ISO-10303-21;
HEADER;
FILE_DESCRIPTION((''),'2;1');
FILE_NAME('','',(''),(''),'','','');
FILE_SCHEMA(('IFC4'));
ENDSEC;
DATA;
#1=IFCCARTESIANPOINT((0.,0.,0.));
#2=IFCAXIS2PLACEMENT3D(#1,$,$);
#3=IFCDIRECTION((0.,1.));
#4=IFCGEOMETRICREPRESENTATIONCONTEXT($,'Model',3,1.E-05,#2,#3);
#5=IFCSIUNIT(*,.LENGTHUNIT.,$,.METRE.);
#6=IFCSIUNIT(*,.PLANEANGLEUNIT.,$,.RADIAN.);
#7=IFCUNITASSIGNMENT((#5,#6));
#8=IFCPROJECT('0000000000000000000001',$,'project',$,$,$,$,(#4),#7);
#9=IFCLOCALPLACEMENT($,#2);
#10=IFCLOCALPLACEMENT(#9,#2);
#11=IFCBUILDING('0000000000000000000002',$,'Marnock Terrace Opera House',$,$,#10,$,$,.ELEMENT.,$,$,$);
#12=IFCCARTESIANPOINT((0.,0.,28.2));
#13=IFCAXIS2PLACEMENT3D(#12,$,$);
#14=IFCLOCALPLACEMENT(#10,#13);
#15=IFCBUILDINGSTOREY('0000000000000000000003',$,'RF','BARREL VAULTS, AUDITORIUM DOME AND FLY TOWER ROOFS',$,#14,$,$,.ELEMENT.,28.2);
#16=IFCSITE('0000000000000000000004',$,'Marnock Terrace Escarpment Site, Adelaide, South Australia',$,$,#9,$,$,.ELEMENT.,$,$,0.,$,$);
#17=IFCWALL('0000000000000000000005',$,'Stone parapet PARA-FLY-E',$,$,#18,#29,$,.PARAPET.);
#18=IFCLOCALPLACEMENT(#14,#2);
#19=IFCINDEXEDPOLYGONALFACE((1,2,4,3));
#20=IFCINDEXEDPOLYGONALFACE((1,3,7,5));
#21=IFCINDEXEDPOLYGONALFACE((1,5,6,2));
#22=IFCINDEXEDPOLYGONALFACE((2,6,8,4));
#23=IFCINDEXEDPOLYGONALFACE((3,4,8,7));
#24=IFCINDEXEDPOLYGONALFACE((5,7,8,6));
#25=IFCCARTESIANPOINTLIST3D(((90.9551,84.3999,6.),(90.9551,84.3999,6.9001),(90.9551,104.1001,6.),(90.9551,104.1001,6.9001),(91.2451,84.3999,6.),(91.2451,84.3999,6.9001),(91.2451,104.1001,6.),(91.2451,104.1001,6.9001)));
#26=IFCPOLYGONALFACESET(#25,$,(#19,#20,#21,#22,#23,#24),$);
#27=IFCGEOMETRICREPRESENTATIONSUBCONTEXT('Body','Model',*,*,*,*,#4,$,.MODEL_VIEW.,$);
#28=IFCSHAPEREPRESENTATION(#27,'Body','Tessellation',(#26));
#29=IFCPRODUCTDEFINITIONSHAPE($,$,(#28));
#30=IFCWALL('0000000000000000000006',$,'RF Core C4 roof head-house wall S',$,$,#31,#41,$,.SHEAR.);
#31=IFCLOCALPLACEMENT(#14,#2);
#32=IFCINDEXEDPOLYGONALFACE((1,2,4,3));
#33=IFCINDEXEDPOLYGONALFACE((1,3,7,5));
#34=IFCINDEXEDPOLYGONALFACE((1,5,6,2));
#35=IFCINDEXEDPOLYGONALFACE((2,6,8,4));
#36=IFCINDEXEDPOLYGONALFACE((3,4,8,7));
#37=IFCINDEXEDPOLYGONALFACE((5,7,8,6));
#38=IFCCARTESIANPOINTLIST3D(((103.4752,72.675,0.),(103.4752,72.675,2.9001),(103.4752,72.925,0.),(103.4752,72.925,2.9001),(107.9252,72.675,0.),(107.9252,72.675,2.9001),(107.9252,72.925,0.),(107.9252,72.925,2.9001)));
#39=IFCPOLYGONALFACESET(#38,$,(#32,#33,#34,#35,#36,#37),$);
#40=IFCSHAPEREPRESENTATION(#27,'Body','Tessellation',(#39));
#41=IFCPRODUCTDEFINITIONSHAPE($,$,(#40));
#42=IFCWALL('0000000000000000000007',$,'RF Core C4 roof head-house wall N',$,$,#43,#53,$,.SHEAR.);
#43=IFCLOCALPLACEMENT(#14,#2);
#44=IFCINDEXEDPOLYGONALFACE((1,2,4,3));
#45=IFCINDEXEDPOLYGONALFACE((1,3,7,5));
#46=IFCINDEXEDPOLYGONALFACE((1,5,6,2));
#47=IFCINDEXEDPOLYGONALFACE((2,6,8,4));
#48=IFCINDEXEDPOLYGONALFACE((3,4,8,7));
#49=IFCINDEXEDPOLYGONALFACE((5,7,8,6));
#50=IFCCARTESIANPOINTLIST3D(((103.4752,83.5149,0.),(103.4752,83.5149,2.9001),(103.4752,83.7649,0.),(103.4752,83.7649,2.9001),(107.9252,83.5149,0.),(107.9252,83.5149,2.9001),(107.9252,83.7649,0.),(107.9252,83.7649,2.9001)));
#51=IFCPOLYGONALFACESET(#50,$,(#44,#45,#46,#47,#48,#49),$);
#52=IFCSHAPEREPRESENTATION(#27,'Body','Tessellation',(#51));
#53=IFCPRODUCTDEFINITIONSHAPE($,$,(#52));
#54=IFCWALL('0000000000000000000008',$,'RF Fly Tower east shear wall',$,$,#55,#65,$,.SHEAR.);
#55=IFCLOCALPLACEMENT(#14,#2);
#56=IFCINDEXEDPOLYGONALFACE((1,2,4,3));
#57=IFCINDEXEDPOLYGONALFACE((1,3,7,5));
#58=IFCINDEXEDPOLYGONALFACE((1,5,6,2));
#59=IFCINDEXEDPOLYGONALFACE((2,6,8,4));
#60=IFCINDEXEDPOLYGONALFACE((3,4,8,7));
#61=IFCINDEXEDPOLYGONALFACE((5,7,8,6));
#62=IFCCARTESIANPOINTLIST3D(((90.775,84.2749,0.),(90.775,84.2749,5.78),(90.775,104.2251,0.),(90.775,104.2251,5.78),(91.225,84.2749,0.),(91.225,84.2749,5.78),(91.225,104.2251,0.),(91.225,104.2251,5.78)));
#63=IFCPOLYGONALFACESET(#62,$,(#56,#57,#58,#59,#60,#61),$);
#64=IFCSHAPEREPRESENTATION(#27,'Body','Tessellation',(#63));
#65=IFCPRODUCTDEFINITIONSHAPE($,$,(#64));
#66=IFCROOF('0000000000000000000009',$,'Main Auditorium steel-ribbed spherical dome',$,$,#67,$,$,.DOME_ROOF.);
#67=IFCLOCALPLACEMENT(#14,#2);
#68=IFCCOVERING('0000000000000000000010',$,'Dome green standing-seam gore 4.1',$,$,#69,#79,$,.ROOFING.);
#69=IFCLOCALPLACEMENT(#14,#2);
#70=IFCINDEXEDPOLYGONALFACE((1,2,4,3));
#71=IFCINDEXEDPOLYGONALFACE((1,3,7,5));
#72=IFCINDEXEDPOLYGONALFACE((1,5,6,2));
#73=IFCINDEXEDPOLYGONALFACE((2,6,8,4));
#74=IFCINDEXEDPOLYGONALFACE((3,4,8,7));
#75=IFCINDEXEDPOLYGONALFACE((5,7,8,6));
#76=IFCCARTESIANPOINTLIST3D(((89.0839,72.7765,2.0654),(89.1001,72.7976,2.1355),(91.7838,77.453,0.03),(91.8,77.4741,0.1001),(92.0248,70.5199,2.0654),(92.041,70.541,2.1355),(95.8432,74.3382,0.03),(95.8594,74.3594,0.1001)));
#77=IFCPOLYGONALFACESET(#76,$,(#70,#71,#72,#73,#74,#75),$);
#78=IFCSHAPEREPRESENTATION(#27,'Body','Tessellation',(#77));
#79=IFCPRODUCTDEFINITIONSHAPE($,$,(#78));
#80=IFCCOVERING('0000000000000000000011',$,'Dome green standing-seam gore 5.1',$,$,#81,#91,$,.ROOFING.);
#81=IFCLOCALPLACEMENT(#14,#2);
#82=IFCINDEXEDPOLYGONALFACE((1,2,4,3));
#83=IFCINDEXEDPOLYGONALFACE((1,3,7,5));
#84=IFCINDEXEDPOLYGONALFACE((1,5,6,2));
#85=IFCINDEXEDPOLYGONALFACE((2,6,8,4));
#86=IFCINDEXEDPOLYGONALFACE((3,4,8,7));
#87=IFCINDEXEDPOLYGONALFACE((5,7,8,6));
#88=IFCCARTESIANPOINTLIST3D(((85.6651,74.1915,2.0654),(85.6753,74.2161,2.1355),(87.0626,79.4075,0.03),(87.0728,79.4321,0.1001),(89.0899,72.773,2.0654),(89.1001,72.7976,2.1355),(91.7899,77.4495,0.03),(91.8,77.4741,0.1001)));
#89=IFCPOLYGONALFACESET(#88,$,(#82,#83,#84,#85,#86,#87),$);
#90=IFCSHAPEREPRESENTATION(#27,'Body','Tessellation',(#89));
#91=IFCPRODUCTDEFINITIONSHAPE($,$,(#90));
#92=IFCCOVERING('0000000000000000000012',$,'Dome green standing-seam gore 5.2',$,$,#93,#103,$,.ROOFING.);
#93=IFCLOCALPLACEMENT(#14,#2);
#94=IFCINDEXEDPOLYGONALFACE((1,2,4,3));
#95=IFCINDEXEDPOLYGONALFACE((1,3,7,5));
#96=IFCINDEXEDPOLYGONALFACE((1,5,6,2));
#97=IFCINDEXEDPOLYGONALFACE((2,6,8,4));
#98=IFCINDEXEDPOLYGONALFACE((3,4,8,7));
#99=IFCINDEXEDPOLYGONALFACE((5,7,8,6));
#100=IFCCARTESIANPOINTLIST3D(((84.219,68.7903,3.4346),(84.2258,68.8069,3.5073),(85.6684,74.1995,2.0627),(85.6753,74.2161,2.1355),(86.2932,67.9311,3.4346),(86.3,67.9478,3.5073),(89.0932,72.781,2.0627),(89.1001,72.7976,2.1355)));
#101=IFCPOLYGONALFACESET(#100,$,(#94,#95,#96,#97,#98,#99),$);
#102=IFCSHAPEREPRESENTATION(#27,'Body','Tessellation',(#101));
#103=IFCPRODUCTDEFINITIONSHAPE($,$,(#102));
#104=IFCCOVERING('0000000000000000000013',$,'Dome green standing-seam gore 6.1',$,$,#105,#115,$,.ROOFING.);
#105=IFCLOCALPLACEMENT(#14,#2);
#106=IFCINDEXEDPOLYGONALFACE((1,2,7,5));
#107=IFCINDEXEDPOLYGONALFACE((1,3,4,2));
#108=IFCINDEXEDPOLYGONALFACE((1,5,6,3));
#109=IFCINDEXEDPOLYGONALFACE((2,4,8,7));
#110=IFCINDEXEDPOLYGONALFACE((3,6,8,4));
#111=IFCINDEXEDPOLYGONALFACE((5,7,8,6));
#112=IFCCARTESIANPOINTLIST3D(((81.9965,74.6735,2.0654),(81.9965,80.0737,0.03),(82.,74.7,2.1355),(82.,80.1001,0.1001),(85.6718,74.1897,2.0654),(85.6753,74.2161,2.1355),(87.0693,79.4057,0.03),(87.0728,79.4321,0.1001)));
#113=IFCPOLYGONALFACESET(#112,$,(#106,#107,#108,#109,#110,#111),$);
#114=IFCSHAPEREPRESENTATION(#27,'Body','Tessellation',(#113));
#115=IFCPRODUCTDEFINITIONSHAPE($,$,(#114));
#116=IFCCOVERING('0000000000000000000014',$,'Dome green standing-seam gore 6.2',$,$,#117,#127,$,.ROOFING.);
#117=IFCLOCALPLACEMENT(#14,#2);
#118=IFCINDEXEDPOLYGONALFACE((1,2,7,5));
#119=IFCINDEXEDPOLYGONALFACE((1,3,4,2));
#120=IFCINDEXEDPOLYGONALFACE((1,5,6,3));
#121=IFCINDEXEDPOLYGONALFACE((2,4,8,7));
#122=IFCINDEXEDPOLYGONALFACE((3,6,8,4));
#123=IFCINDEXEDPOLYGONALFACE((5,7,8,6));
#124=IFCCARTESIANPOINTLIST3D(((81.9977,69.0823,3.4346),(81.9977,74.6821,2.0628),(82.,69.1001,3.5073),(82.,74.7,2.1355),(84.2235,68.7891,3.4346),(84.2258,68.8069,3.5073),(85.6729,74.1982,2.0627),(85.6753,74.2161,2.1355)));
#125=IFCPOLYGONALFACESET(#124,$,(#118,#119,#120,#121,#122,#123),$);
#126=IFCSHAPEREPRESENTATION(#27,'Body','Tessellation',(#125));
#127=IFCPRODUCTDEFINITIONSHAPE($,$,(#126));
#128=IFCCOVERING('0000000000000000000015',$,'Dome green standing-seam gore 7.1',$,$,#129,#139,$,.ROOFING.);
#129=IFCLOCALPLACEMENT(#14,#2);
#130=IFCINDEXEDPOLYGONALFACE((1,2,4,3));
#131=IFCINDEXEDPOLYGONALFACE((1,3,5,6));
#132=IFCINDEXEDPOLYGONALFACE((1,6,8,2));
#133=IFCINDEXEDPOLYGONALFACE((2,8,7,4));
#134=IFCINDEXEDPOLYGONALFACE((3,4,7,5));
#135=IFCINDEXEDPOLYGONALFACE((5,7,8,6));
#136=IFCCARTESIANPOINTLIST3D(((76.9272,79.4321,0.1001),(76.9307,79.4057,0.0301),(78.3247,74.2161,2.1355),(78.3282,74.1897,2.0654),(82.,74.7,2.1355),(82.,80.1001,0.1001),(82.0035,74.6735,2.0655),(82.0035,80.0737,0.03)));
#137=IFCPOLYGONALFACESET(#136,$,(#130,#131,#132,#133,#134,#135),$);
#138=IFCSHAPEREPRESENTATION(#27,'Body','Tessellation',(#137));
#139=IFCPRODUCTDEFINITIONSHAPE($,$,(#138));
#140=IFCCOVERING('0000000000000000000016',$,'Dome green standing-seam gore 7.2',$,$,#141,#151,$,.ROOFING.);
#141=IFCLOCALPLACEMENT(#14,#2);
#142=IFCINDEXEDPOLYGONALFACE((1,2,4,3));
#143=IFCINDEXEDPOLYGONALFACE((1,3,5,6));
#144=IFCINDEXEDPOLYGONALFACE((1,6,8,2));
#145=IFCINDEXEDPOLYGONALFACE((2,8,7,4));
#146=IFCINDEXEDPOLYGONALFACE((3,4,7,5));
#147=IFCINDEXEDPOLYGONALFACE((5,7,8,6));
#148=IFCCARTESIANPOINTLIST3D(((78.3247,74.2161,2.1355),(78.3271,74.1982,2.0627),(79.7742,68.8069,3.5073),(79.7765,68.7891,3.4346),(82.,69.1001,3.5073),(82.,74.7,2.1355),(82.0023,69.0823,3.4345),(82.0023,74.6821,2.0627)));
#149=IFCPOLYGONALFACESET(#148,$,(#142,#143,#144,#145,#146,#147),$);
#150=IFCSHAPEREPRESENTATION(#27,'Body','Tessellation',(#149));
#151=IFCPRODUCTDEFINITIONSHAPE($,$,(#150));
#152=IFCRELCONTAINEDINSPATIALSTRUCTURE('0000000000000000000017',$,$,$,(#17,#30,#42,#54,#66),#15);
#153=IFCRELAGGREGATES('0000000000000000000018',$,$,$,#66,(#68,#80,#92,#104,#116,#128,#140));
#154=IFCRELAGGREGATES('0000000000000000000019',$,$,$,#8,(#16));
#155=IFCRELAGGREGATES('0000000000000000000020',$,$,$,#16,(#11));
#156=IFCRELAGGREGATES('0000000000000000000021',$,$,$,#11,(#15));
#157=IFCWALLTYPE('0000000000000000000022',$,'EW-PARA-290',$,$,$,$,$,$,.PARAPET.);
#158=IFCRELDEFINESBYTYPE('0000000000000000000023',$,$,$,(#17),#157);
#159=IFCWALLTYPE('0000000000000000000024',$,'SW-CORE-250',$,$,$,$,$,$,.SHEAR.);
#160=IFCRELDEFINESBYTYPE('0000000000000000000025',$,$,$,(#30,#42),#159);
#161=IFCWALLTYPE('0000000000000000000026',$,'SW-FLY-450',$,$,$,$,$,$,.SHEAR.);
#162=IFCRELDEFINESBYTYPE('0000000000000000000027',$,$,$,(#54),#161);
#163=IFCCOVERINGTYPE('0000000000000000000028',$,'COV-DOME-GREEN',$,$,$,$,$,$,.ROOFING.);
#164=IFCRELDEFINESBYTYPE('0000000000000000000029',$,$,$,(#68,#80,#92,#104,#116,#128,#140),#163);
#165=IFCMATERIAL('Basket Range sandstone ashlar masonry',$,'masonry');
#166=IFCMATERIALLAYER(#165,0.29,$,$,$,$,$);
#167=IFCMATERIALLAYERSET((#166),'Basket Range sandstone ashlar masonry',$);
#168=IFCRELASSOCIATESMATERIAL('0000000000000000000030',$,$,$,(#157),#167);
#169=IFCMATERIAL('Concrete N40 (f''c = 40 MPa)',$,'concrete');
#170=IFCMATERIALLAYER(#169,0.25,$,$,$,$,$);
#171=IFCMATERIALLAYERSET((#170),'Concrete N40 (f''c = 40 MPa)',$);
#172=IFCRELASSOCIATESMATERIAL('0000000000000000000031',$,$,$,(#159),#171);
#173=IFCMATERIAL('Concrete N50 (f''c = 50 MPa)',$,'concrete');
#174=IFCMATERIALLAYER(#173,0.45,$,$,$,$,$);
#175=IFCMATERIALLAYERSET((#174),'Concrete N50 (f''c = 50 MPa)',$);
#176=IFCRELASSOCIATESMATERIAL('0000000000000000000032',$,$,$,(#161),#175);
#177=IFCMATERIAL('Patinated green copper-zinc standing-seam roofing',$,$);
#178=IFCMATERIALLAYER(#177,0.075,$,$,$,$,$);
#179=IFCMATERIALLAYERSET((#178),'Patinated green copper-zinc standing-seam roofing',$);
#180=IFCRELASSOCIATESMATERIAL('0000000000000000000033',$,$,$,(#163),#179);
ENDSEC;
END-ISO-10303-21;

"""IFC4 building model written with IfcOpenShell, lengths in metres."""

from ifc_helpers import new_model, si_unit, direction, frame, frame_2d, origin, place, context, subcontext, project, spatial, polyline, rectangle, outline, extrude, material, layer, layer_set, type_object, element, aggregate, save


model = new_model("IFC4")

# Units and contexts
model_context = context("Model", 3, precision=1e-05, world=origin(), true_north=direction((0.0, 1.0)))
body_context = subcontext(model_context, "Body", "Model", "MODEL_VIEW")
ifc_project = project(units=[si_unit("LENGTHUNIT", "METRE"), si_unit("PLANEANGLEUNIT", "RADIAN")], contexts=[model_context])

# Site, building, storey
site_placement = place(None, origin())
site = spatial("IfcSite", under=ifc_project, at=site_placement, Name="Marnock Terrace Escarpment Site, Adelaide, South Australia", CompositionType="ELEMENT", RefElevation=0.0)
building_placement = place(site_placement, origin())
building = spatial("IfcBuilding", under=site, at=building_placement, Name="Marnock Terrace Opera House", CompositionType="ELEMENT")
storey_placement = place(building_placement, frame((0.0, 0.0, 28.2)))
storey = spatial("IfcBuildingStorey", under=building, at=storey_placement, Name="RF", Description="BARREL VAULTS, AUDITORIUM DOME AND FLY TOWER ROOFS", CompositionType="ELEMENT", Elevation=28.2)

# Shared definitions
ifc_material_1 = material(Name="Concrete N50 (f'c = 50 MPa)", Category="concrete")

# Walls
ifc_material_2 = material(Name="Basket Range sandstone ashlar masonry", Category="masonry")
ifc_layer_1 = layer(ifc_material_2, 0.29)
ifc_layer_set_1 = layer_set([ifc_layer_1], Name="Basket Range sandstone ashlar masonry")
wall_type_1 = type_object("IfcWallType", Name="EW-PARA-290", PredefinedType="PARAPET", material=ifc_layer_set_1)
wall_1_placement = place(storey_placement, frame((91.1001, 84.3999, 6.0), z_axis=(0.0, 0.0, 1.0), x_axis=(0.0, 1.0, 0.0)))
element("IfcWall", 1, at=wall_1_placement, inside=storey, type_object=wall_type_1, Name="Stone parapet PARA-FLY-E", PredefinedType="PARAPET", context=body_context, shape_type="SweptSolid", body=[
    extrude(rectangle(XDim=19.7002, YDim=0.29, at=frame_2d((9.8501, 0.0))), origin(), (0.0, 0.0, 1.0), 0.9001),
])
ifc_material_3 = material(Name="Concrete N40 (f'c = 40 MPa)", Category="concrete")
ifc_layer_2 = layer(ifc_material_3, 0.25)
ifc_layer_set_2 = layer_set([ifc_layer_2], Name="Concrete N40 (f'c = 40 MPa)")
wall_type_2 = type_object("IfcWallType", Name="SW-CORE-250", PredefinedType="SHEAR", material=ifc_layer_set_2)
for number, where, z_axis, x_axis, name in (
    (2, (103.4751, 72.8, 0.0), (0.0, 0.0, 1.0), (1.0, 0.0, 0.0), "RF Core C4 roof head-house wall S"),
    (3, (103.4751, 83.6399, 0.0), (0.0, 0.0, 1.0), (1.0, 0.0, 0.0), "RF Core C4 roof head-house wall N"),
):
    element("IfcWall", number, at=place(storey_placement, frame(where, z_axis=z_axis, x_axis=x_axis)), inside=storey, type_object=wall_type_2, Name=name, PredefinedType="SHEAR", context=body_context, shape_type="SweptSolid", body=[
        extrude(rectangle(XDim=4.45, YDim=0.25, at=frame_2d((2.2251, 0.0))), origin(), (0.0, 0.0, 1.0), 2.9001),
    ])
ifc_layer_3 = layer(ifc_material_1, 0.45)
ifc_layer_set_3 = layer_set([ifc_layer_3], Name="Concrete N50 (f'c = 50 MPa)")
wall_type_3 = type_object("IfcWallType", Name="SW-FLY-450", PredefinedType="SHEAR", material=ifc_layer_set_3)
wall_2_placement = place(storey_placement, frame((91.0, 84.2749, 0.0), z_axis=(0.0, 0.0, 1.0), x_axis=(0.0, 1.0, 0.0)))
element("IfcWall", 4, at=wall_2_placement, inside=storey, type_object=wall_type_3, Name="RF Fly Tower east shear wall", PredefinedType="SHEAR", context=body_context, shape_type="SweptSolid", body=[
    extrude(rectangle(XDim=19.9502, YDim=0.45, at=frame_2d((9.9751, 0.0))), origin(), (0.0, 0.0, 1.0), 5.78),
])

# Roof, coverings
roof_placement = place(storey_placement, origin())
roof = element("IfcRoof", 5, at=roof_placement, inside=storey, Name="Main Auditorium steel-ribbed spherical dome", PredefinedType="DOME_ROOF")
ifc_material_4 = material(Name="Patinated green copper-zinc standing-seam roofing")
ifc_layer_4 = layer(ifc_material_4, 0.075)
ifc_layer_set_4 = layer_set([ifc_layer_4], Name="Patinated green copper-zinc standing-seam roofing")
covering_type = type_object("IfcCoveringType", Name="COV-DOME-GREEN", PredefinedType="ROOFING", material=ifc_layer_set_4)
covering_1_placement = place(storey_placement, frame((95.8594, 74.3594, 0.1001), z_axis=(0.216329, 0.281933, 0.934727), x_axis=(-0.793361, 0.608751, 0.0)))
covering_1 = element("IfcCovering", 6, at=covering_1_placement, type_object=covering_type, Name="Dome green standing-seam gore 4.1", PredefinedType="ROOFING", context=body_context, shape_type="SweptSolid", body=[
    extrude(outline(polyline([(0.0, 0.0), (5.1166, 0.0), (4.4118, 5.7276), (0.7049, 5.7276), (0.0, 0.0)])), origin(), (0.0, 0.0, -1.0), 0.075),
])
covering_2_placement = place(storey_placement, frame((91.8, 77.4741, 0.1001), z_axis=(0.135984, 0.328318, 0.934728), x_axis=(-0.923887, 0.382666, -0.000002)))
covering_2 = element("IfcCovering", 7, at=covering_2_placement, type_object=covering_type, Name="Dome green standing-seam gore 5.1", PredefinedType="ROOFING", context=body_context, shape_type="SweptSolid", body=[
    extrude(outline(polyline([(0.0, 0.0), (5.1167, 0.0), (4.4118, 5.7277), (0.7049, 5.7276), (0.0, 0.0)])), origin(), (0.0, 0.0, -1.0), 0.075),
])
covering_3_placement = place(storey_placement, frame((89.1001, 72.7976, 2.1355), z_axis=(0.091787, 0.22161, 0.970806), x_axis=(-0.923893, 0.382651, 0.000002)))
covering_3 = element("IfcCovering", 8, at=covering_3_placement, type_object=covering_type, Name="Dome green standing-seam gore 5.2", PredefinedType="ROOFING", context=body_context, shape_type="SweptSolid", body=[
    extrude(outline(polyline([(0.0, 0.0), (3.7069, 0.0), (2.9763, 5.7191), (0.7311, 5.7192), (0.0, 0.0)])), origin(), (0.0, 0.0, -1.0), 0.075),
])
covering_4_placement = place(storey_placement, frame((87.0728, 79.4321, 0.1001), z_axis=(0.04639, 0.352317, 0.93473), x_axis=(-0.991442, 0.13055, -0.000003)))
covering_4 = element("IfcCovering", 9, at=covering_4_placement, type_object=covering_type, Name="Dome green standing-seam gore 6.1", PredefinedType="ROOFING", context=body_context, shape_type="SweptSolid", body=[
    extrude(outline(polyline([(0.0, 0.0), (5.1165, 0.0), (4.4115, 5.7278), (0.7045, 5.7277), (0.0, 0.0)])), origin(), (0.0, 0.0, -1.0), 0.075),
])
covering_5_placement = place(storey_placement, frame((85.6753, 74.2161, 2.1355), z_axis=(0.031318, 0.237819, 0.970804), x_axis=(-0.991444, 0.130534, 0.000006)))
covering_5 = element("IfcCovering", 10, at=covering_5_placement, type_object=covering_type, Name="Dome green standing-seam gore 6.2", PredefinedType="ROOFING", context=body_context, shape_type="SweptSolid", body=[
    extrude(outline(polyline([(0.0, 0.0), (3.707, 0.0), (2.976, 5.7189), (0.731, 5.7191), (0.0, 0.0)])), origin(), (0.0, 0.0, -1.0), 0.075),
])
covering_6_placement = place(storey_placement, frame((82.0, 80.1001, 0.1001), z_axis=(-0.04639, 0.352317, 0.93473), x_axis=(-0.991442, -0.13055, 0.000003)))
covering_6 = element("IfcCovering", 11, at=covering_6_placement, type_object=covering_type, Name="Dome green standing-seam gore 7.1", PredefinedType="ROOFING", context=body_context, shape_type="SweptSolid", body=[
    extrude(outline(polyline([(0.0, 0.0), (5.1165, 0.0), (4.412, 5.7277), (0.705, 5.7278), (0.0, 0.0)])), origin(), (0.0, 0.0, -1.0), 0.075),
])
covering_7_placement = place(storey_placement, frame((82.0, 74.7, 2.1355), z_axis=(-0.031318, 0.237819, 0.970804), x_axis=(-0.991444, -0.130534, -0.000006)))
covering_7 = element("IfcCovering", 12, at=covering_7_placement, type_object=covering_type, Name="Dome green standing-seam gore 7.2", PredefinedType="ROOFING", context=body_context, shape_type="SweptSolid", body=[
    extrude(outline(polyline([(0.0, 0.0), (3.707, 0.0), (2.976, 5.7191), (0.731, 5.7189), (0.0, 0.0)])), origin(), (0.0, 0.0, -1.0), 0.075),
])
aggregate(roof, [covering_1, covering_2, covering_3, covering_4, covering_5, covering_6, covering_7])

save(model, "model.ifc")
